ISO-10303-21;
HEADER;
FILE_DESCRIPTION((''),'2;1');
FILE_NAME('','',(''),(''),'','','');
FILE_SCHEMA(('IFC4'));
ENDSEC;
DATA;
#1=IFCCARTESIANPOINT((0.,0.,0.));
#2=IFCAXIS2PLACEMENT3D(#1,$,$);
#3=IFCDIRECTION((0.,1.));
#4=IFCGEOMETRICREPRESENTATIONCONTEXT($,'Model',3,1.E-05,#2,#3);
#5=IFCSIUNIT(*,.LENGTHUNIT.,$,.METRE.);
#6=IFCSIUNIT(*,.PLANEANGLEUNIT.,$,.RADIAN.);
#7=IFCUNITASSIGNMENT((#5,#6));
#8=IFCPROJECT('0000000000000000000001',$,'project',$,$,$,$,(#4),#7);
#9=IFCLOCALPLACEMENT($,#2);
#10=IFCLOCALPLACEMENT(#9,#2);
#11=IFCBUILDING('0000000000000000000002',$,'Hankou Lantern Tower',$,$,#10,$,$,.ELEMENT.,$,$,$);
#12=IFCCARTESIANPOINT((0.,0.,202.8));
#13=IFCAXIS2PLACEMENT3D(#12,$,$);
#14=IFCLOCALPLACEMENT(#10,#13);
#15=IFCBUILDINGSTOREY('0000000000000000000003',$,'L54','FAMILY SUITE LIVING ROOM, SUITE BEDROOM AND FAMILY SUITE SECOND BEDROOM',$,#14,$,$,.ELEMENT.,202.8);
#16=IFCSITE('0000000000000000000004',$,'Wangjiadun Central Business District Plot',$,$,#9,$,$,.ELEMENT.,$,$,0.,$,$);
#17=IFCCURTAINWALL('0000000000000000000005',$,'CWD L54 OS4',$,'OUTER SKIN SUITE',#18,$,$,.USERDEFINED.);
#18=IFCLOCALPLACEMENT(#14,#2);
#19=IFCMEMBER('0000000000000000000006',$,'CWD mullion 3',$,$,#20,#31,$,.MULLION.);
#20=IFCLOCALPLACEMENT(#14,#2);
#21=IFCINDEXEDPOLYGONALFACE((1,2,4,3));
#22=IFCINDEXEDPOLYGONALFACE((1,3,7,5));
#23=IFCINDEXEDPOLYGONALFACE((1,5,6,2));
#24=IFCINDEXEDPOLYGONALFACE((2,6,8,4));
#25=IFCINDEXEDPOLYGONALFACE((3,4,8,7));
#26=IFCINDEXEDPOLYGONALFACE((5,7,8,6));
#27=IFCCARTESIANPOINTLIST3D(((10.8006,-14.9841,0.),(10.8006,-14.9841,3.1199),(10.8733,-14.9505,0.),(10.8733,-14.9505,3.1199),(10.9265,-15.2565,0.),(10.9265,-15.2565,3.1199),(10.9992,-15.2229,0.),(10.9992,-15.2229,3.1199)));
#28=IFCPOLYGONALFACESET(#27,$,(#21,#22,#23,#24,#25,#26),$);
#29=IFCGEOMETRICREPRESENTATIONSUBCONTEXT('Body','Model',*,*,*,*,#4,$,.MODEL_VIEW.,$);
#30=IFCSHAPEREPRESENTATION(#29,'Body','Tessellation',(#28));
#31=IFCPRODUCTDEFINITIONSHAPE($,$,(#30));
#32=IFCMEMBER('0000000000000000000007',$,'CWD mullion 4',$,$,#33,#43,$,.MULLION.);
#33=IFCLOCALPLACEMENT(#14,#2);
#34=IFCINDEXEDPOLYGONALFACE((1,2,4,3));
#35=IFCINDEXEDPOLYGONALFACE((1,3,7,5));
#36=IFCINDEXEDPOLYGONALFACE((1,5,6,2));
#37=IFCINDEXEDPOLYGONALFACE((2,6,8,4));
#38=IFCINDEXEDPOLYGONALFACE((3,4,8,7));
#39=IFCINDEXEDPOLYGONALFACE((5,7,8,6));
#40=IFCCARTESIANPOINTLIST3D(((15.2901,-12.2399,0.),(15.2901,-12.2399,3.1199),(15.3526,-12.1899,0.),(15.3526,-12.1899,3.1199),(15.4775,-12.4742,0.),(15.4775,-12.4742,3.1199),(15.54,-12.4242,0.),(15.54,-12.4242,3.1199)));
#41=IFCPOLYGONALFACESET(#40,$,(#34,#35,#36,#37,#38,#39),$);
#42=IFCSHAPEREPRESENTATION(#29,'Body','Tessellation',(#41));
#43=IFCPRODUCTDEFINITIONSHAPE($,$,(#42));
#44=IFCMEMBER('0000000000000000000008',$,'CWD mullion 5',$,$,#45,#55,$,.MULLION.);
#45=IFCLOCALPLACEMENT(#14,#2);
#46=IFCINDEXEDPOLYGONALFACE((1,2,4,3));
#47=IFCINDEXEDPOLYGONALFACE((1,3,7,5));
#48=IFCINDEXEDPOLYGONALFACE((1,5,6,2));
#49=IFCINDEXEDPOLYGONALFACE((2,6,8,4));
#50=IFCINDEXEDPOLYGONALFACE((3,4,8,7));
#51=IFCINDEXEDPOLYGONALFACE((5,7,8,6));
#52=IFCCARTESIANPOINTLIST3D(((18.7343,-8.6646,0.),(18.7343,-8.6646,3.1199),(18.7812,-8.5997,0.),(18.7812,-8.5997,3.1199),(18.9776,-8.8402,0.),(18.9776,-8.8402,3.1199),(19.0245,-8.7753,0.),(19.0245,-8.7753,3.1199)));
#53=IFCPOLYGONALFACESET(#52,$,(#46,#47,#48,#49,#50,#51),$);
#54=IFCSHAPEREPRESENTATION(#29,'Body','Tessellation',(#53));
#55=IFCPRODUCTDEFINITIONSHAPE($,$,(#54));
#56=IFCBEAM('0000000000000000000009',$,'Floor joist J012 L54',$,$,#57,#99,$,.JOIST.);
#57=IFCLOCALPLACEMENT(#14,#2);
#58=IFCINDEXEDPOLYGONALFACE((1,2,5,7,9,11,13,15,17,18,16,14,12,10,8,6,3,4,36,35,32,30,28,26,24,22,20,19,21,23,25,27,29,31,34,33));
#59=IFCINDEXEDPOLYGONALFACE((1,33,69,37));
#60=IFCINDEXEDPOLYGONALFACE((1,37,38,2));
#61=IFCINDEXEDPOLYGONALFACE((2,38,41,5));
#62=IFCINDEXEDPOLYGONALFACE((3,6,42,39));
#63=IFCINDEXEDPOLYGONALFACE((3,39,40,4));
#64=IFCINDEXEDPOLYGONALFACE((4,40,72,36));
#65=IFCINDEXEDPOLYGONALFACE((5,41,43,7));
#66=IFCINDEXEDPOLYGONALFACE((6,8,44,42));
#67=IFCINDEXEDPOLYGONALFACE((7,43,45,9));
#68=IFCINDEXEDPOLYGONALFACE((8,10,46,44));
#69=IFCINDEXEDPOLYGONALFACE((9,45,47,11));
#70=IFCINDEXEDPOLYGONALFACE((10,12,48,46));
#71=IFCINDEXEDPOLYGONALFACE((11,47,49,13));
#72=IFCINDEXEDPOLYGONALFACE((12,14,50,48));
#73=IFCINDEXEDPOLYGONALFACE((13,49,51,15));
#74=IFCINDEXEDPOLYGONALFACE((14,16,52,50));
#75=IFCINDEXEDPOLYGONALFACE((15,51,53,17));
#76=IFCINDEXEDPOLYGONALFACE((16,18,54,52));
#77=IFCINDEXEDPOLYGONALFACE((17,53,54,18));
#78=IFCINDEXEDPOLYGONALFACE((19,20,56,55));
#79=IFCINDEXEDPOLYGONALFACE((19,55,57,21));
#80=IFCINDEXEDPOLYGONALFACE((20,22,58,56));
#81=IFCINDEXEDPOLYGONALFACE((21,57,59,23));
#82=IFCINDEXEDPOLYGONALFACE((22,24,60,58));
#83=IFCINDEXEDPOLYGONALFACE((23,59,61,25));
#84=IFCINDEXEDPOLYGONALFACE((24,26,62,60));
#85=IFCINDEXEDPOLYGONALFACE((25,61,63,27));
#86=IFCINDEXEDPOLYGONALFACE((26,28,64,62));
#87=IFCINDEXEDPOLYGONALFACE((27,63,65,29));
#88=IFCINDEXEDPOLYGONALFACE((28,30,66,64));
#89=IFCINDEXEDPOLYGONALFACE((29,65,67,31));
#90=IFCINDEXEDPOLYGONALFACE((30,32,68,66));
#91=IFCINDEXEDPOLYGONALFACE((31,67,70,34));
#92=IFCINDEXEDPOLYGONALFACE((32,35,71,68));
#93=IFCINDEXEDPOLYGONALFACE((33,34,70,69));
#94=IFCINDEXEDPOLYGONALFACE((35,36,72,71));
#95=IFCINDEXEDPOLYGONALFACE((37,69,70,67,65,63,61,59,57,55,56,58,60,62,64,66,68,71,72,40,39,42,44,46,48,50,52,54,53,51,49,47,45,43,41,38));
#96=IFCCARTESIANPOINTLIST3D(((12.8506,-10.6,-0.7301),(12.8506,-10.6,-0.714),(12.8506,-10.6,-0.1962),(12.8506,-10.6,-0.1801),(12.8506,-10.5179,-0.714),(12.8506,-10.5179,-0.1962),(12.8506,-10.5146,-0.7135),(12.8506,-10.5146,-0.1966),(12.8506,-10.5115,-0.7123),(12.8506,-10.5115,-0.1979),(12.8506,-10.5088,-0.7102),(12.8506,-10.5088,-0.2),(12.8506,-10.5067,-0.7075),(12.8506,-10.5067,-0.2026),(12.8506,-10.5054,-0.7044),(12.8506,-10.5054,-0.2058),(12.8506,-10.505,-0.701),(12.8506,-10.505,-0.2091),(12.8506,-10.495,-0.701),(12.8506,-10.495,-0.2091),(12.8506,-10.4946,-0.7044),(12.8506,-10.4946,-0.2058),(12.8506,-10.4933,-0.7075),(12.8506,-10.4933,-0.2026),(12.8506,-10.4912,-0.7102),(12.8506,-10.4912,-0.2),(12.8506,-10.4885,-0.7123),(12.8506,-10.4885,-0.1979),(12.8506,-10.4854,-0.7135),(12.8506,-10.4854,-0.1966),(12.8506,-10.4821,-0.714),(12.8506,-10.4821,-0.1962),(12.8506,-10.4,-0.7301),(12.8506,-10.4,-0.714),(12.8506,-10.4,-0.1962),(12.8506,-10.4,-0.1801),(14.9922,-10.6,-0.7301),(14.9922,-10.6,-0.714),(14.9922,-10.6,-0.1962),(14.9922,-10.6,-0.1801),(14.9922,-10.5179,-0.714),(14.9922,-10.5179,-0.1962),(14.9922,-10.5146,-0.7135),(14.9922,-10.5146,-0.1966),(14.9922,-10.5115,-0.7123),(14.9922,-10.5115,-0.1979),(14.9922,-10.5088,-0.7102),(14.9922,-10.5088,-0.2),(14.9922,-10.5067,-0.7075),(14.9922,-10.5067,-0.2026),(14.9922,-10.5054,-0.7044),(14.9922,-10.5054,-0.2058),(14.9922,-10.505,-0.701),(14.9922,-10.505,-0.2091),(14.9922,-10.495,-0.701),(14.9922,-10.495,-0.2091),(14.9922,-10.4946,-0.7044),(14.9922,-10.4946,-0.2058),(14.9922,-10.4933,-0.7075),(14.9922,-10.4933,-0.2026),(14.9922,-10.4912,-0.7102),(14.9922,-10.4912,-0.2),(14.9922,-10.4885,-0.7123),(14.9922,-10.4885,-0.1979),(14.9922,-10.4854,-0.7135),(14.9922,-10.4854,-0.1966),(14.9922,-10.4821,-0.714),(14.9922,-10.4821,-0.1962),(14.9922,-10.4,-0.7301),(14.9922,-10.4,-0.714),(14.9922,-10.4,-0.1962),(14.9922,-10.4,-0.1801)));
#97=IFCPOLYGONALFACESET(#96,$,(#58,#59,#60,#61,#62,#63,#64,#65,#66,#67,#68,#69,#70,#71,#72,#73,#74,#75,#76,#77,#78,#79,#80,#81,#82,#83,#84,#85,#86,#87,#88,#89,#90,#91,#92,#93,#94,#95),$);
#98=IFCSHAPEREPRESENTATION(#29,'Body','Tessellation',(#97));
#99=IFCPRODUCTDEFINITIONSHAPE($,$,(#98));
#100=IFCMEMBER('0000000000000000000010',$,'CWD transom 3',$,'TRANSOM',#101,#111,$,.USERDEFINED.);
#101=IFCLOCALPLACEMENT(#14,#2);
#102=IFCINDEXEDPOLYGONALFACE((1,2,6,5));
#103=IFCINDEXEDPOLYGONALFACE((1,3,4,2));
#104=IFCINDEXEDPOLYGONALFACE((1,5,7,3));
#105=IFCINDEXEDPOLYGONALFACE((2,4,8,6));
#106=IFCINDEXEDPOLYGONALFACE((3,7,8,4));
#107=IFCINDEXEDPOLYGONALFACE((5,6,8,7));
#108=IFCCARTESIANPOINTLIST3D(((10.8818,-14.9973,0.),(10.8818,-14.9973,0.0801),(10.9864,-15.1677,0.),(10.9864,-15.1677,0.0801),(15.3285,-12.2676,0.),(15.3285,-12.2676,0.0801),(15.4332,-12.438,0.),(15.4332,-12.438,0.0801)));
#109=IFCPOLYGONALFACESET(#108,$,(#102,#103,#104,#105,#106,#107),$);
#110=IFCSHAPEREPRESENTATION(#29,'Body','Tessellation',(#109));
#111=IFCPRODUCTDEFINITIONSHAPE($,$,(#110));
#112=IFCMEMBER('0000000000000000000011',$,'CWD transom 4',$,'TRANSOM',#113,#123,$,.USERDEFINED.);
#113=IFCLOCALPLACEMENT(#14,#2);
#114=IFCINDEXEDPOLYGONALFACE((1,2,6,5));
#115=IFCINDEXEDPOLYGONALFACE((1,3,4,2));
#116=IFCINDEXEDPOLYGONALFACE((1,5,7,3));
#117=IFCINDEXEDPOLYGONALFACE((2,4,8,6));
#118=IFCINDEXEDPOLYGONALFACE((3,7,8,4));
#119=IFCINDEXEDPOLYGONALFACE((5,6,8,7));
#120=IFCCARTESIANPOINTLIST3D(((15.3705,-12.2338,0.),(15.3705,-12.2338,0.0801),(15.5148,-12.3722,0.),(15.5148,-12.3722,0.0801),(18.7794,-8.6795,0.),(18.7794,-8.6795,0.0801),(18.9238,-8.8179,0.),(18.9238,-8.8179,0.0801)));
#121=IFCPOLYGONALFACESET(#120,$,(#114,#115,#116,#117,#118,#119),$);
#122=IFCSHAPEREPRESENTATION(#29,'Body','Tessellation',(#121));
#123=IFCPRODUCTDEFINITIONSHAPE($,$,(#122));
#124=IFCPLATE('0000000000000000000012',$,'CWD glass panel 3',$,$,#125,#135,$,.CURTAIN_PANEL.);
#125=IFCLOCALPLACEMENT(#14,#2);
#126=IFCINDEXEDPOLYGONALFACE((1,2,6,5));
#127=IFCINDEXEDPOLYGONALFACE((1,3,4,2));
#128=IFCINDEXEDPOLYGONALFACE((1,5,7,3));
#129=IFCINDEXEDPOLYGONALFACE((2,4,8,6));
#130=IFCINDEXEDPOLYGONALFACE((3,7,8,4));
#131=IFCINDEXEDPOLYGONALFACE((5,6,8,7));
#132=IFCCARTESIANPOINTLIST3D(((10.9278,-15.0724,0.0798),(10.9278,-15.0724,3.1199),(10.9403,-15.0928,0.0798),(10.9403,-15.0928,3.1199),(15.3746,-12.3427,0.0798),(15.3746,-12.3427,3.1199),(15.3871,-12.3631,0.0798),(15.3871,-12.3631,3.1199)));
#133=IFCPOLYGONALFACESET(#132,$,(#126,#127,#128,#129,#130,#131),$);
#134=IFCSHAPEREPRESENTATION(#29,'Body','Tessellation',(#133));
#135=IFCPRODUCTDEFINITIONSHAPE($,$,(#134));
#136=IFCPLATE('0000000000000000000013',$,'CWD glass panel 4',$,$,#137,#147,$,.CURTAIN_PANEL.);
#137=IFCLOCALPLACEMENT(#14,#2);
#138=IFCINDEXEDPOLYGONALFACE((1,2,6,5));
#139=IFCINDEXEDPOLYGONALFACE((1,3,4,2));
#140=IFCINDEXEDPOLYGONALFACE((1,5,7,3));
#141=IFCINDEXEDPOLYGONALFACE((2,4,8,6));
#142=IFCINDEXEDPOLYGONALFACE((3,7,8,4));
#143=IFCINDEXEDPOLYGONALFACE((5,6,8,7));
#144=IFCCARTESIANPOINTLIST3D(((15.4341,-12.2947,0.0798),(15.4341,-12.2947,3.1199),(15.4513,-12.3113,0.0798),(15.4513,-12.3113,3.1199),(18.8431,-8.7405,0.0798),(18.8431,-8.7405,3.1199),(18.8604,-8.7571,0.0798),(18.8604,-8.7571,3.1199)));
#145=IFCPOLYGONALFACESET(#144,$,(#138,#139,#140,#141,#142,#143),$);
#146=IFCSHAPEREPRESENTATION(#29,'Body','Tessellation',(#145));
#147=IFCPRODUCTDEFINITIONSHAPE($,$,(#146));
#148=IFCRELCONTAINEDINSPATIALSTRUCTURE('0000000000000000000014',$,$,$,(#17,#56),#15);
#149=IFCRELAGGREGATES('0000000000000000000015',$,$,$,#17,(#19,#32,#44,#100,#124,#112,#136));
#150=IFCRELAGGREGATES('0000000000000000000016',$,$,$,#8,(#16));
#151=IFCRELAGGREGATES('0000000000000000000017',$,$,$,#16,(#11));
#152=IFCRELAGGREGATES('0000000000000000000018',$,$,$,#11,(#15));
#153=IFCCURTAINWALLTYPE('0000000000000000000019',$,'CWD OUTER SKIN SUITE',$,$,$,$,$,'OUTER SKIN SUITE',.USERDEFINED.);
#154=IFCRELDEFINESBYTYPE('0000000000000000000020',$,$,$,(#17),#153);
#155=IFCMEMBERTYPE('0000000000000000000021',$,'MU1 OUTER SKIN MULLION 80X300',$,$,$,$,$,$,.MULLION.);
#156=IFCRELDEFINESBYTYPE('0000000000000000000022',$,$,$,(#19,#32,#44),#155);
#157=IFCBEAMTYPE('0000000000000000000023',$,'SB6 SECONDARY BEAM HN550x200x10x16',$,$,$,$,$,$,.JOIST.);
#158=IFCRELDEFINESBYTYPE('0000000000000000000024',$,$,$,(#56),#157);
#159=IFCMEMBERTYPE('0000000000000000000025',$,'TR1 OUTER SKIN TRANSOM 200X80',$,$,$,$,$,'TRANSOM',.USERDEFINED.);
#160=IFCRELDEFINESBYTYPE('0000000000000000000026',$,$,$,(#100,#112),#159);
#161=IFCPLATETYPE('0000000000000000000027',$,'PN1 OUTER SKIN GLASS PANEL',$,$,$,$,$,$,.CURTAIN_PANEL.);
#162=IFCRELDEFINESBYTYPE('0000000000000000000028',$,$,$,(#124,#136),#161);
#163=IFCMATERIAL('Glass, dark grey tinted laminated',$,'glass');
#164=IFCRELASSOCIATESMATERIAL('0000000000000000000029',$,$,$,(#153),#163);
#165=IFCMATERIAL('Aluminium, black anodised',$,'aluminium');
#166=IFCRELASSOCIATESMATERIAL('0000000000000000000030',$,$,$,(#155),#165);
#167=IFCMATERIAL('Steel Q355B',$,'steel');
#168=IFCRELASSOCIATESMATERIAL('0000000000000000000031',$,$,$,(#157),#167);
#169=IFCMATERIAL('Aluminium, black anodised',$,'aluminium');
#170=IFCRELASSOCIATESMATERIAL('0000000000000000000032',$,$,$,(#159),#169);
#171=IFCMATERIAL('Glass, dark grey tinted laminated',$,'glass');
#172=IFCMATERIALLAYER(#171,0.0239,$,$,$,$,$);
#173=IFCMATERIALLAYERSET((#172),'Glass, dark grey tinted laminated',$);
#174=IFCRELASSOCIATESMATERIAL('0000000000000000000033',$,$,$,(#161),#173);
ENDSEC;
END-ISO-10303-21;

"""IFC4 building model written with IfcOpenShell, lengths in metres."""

from ifc_helpers import new_model, si_unit, direction, frame, origin, origin_2d, place, context, subcontext, project, spatial, rectangle, i_section, extrude, material, layer, layer_set, material_profile, profile_set, type_object, element, aggregate, save


model = new_model("IFC4")

# Units and contexts
model_context = context("Model", 3, precision=1e-05, world=origin(), true_north=direction((0.0, 1.0)))
body_context = subcontext(model_context, "Body", "Model", "MODEL_VIEW")
ifc_project = project(units=[si_unit("LENGTHUNIT", "METRE"), si_unit("PLANEANGLEUNIT", "RADIAN")], contexts=[model_context])

# Site, building, storey
site_placement = place(None, origin())
site = spatial("IfcSite", under=ifc_project, at=site_placement, Name="Wangjiadun Central Business District Plot", CompositionType="ELEMENT", RefElevation=0.0)
building_placement = place(site_placement, origin())
building = spatial("IfcBuilding", under=site, at=building_placement, Name="Hankou Lantern Tower", CompositionType="ELEMENT")
storey_placement = place(building_placement, frame((0.0, 0.0, 202.8)))
storey = spatial("IfcBuildingStorey", under=building, at=storey_placement, Name="L54", Description="FAMILY SUITE LIVING ROOM, SUITE BEDROOM AND FAMILY SUITE SECOND BEDROOM", CompositionType="ELEMENT", Elevation=202.8)

# Curtain wall, members
ifc_material_1 = material(Name="Glass, dark grey tinted laminated", Category="glass")
curtain_wall_type = type_object("IfcCurtainWallType", Name="CWD OUTER SKIN SUITE", ElementType="OUTER SKIN SUITE", PredefinedType="USERDEFINED", material=ifc_material_1)
curtain_wall_placement = place(storey_placement, origin())
curtain_wall = element("IfcCurtainWall", 1, at=curtain_wall_placement, inside=storey, type_object=curtain_wall_type, Name="CWD L54 OS4", ObjectType="OUTER SKIN SUITE", PredefinedType="USERDEFINED")
ifc_material_2 = material(Name="Aluminium, black anodised", Category="aluminium")
ifc_material_profile_1 = material_profile(ifc_material_2, rectangle(XDim=0.0801, YDim=0.3, at=origin_2d()), Name="MU1 80X300")
ifc_profile_set_1 = profile_set([ifc_material_profile_1], Name="Aluminium, black anodised")
member_type_1 = type_object("IfcMemberType", Name="MU1 OUTER SKIN MULLION 80X300", PredefinedType="MULLION", material=ifc_profile_set_1)
member_1_placement = place(storey_placement, frame((10.8999, -15.1035, 0.0), z_axis=(0.0, 0.0, 1.0), x_axis=(0.907841, 0.419314, 0.0)))
member_1 = element("IfcMember", 2, at=member_1_placement, type_object=member_type_1, Name="CWD mullion 3", PredefinedType="MULLION", context=body_context, shape_type="SweptSolid", body=[
    extrude(rectangle(XDim=0.0801, YDim=0.3, at=origin_2d()), origin(), (0.0, 0.0, 1.0), 3.1199),
])
member_2_placement = place(storey_placement, frame((15.415, -12.332, 0.0), z_axis=(0.0, 0.0, 1.0), x_axis=(0.780869, 0.624695, 0.0)))
member_2 = element("IfcMember", 3, at=member_2_placement, type_object=member_type_1, Name="CWD mullion 4", PredefinedType="MULLION", context=body_context, shape_type="SweptSolid", body=[
    extrude(rectangle(XDim=0.0801, YDim=0.3, at=origin_2d()), origin(), (0.0, 0.0, 1.0), 3.1199),
])
member_3_placement = place(storey_placement, frame((18.8794, -8.72, 0.0), z_axis=(0.0, 0.0, 1.0), x_axis=(0.585206, 0.810885, 0.0)))
member_3 = element("IfcMember", 4, at=member_3_placement, type_object=member_type_1, Name="CWD mullion 5", PredefinedType="MULLION", context=body_context, shape_type="SweptSolid", body=[
    extrude(rectangle(XDim=0.0801, YDim=0.3, at=origin_2d()), origin(), (0.0, 0.0, 1.0), 3.1199),
])

# Beam
ifc_material_3 = material(Name="Steel Q355B", Category="steel")
ifc_material_profile_2 = material_profile(ifc_material_3, i_section(OverallWidth=0.2, OverallDepth=0.55, WebThickness=0.01, FlangeThickness=0.0161, FilletRadius=0.0129, at=origin_2d()), Name="HN550x200x10x16")
ifc_profile_set_2 = profile_set([ifc_material_profile_2], Name="Steel Q355B")
beam_type_1 = type_object("IfcBeamType", Name="SB6 SECONDARY BEAM HN550x200x10x16", PredefinedType="JOIST", material=ifc_profile_set_2)
beam_1_placement = place(storey_placement, frame((12.8506, -10.5, -0.4551), z_axis=(1.0, 0.0, 0.0), x_axis=(0.0, 1.0, 0.0)))
element("IfcBeam", 5, at=beam_1_placement, inside=storey, type_object=beam_type_1, Name="Floor joist J012 L54", PredefinedType="JOIST", context=body_context, shape_type="SweptSolid", body=[
    extrude(i_section(OverallWidth=0.2, OverallDepth=0.55, WebThickness=0.01, FlangeThickness=0.0161, FilletRadius=0.0129, at=origin_2d()), origin(), (0.0, 0.0, 1.0), 2.1416),
])

# Members
ifc_material_4 = material(Name="Aluminium, black anodised", Category="aluminium")
ifc_material_profile_3 = material_profile(ifc_material_4, rectangle(XDim=0.2, YDim=0.0801, at=origin_2d()), Name="TR1 200X80")
ifc_profile_set_3 = profile_set([ifc_material_profile_3], Name="Aluminium, black anodised")
member_type_2 = type_object("IfcMemberType", Name="TR1 OUTER SKIN TRANSOM 200X80", ElementType="TRANSOM", PredefinedType="USERDEFINED", material=ifc_profile_set_3)
member_4_placement = place(storey_placement, frame((10.9341, -15.0825, 0.04), z_axis=(0.852235, 0.52316, 0.0), x_axis=(-0.52316, 0.852235, 0.0)))
member_4 = element("IfcMember", 6, at=member_4_placement, type_object=member_type_2, Name="CWD transom 3", ObjectType="TRANSOM", PredefinedType="USERDEFINED", context=body_context, shape_type="SweptSolid", body=[
    extrude(rectangle(XDim=0.2, YDim=0.0801, at=origin_2d()), origin(), (0.0, 0.0, 1.0), 5.2178),
])
member_5_placement = place(storey_placement, frame((15.4426, -12.303, 0.04), z_axis=(0.692205, 0.721701, 0.0), x_axis=(-0.721701, 0.692205, 0.0)))
member_5 = element("IfcMember", 7, at=member_5_placement, type_object=member_type_2, Name="CWD transom 4", ObjectType="TRANSOM", PredefinedType="USERDEFINED", context=body_context, shape_type="SweptSolid", body=[
    extrude(rectangle(XDim=0.2, YDim=0.0801, at=origin_2d()), origin(), (0.0, 0.0, 1.0), 4.9248),
])

# Plates
ifc_material_5 = material(Name="Glass, dark grey tinted laminated", Category="glass")
ifc_layer_1 = layer(ifc_material_5, 0.0239)
ifc_layer_set_1 = layer_set([ifc_layer_1], Name="Glass, dark grey tinted laminated")
plate_type = type_object("IfcPlateType", Name="PN1 OUTER SKIN GLASS PANEL", PredefinedType="CURTAIN_PANEL", material=ifc_layer_set_1)
plate_1_placement = place(storey_placement, frame((13.1575, -13.7178, 0.0798), z_axis=(0.0, 0.0, 1.0), x_axis=(0.852237, 0.523156, 0.0)))
plate_1 = element("IfcPlate", 8, at=plate_1_placement, type_object=plate_type, Name="CWD glass panel 3", PredefinedType="CURTAIN_PANEL", context=body_context, shape_type="SweptSolid", body=[
    extrude(rectangle(XDim=5.2178, YDim=0.0239, at=origin_2d()), origin(), (0.0, 0.0, 1.0), 3.04),
])
plate_2_placement = place(storey_placement, frame((17.1472, -10.5259, 0.0798), z_axis=(0.0, 0.0, 1.0), x_axis=(0.692216, 0.721691, 0.0)))
plate_2 = element("IfcPlate", 9, at=plate_2_placement, type_object=plate_type, Name="CWD glass panel 4", PredefinedType="CURTAIN_PANEL", context=body_context, shape_type="SweptSolid", body=[
    extrude(rectangle(XDim=4.9248, YDim=0.0239, at=origin_2d()), origin(), (0.0, 0.0, 1.0), 3.04),
])
aggregate(curtain_wall, [member_1, member_2, member_3, member_4, plate_1, member_5, plate_2])

save(model, "model.ifc")
